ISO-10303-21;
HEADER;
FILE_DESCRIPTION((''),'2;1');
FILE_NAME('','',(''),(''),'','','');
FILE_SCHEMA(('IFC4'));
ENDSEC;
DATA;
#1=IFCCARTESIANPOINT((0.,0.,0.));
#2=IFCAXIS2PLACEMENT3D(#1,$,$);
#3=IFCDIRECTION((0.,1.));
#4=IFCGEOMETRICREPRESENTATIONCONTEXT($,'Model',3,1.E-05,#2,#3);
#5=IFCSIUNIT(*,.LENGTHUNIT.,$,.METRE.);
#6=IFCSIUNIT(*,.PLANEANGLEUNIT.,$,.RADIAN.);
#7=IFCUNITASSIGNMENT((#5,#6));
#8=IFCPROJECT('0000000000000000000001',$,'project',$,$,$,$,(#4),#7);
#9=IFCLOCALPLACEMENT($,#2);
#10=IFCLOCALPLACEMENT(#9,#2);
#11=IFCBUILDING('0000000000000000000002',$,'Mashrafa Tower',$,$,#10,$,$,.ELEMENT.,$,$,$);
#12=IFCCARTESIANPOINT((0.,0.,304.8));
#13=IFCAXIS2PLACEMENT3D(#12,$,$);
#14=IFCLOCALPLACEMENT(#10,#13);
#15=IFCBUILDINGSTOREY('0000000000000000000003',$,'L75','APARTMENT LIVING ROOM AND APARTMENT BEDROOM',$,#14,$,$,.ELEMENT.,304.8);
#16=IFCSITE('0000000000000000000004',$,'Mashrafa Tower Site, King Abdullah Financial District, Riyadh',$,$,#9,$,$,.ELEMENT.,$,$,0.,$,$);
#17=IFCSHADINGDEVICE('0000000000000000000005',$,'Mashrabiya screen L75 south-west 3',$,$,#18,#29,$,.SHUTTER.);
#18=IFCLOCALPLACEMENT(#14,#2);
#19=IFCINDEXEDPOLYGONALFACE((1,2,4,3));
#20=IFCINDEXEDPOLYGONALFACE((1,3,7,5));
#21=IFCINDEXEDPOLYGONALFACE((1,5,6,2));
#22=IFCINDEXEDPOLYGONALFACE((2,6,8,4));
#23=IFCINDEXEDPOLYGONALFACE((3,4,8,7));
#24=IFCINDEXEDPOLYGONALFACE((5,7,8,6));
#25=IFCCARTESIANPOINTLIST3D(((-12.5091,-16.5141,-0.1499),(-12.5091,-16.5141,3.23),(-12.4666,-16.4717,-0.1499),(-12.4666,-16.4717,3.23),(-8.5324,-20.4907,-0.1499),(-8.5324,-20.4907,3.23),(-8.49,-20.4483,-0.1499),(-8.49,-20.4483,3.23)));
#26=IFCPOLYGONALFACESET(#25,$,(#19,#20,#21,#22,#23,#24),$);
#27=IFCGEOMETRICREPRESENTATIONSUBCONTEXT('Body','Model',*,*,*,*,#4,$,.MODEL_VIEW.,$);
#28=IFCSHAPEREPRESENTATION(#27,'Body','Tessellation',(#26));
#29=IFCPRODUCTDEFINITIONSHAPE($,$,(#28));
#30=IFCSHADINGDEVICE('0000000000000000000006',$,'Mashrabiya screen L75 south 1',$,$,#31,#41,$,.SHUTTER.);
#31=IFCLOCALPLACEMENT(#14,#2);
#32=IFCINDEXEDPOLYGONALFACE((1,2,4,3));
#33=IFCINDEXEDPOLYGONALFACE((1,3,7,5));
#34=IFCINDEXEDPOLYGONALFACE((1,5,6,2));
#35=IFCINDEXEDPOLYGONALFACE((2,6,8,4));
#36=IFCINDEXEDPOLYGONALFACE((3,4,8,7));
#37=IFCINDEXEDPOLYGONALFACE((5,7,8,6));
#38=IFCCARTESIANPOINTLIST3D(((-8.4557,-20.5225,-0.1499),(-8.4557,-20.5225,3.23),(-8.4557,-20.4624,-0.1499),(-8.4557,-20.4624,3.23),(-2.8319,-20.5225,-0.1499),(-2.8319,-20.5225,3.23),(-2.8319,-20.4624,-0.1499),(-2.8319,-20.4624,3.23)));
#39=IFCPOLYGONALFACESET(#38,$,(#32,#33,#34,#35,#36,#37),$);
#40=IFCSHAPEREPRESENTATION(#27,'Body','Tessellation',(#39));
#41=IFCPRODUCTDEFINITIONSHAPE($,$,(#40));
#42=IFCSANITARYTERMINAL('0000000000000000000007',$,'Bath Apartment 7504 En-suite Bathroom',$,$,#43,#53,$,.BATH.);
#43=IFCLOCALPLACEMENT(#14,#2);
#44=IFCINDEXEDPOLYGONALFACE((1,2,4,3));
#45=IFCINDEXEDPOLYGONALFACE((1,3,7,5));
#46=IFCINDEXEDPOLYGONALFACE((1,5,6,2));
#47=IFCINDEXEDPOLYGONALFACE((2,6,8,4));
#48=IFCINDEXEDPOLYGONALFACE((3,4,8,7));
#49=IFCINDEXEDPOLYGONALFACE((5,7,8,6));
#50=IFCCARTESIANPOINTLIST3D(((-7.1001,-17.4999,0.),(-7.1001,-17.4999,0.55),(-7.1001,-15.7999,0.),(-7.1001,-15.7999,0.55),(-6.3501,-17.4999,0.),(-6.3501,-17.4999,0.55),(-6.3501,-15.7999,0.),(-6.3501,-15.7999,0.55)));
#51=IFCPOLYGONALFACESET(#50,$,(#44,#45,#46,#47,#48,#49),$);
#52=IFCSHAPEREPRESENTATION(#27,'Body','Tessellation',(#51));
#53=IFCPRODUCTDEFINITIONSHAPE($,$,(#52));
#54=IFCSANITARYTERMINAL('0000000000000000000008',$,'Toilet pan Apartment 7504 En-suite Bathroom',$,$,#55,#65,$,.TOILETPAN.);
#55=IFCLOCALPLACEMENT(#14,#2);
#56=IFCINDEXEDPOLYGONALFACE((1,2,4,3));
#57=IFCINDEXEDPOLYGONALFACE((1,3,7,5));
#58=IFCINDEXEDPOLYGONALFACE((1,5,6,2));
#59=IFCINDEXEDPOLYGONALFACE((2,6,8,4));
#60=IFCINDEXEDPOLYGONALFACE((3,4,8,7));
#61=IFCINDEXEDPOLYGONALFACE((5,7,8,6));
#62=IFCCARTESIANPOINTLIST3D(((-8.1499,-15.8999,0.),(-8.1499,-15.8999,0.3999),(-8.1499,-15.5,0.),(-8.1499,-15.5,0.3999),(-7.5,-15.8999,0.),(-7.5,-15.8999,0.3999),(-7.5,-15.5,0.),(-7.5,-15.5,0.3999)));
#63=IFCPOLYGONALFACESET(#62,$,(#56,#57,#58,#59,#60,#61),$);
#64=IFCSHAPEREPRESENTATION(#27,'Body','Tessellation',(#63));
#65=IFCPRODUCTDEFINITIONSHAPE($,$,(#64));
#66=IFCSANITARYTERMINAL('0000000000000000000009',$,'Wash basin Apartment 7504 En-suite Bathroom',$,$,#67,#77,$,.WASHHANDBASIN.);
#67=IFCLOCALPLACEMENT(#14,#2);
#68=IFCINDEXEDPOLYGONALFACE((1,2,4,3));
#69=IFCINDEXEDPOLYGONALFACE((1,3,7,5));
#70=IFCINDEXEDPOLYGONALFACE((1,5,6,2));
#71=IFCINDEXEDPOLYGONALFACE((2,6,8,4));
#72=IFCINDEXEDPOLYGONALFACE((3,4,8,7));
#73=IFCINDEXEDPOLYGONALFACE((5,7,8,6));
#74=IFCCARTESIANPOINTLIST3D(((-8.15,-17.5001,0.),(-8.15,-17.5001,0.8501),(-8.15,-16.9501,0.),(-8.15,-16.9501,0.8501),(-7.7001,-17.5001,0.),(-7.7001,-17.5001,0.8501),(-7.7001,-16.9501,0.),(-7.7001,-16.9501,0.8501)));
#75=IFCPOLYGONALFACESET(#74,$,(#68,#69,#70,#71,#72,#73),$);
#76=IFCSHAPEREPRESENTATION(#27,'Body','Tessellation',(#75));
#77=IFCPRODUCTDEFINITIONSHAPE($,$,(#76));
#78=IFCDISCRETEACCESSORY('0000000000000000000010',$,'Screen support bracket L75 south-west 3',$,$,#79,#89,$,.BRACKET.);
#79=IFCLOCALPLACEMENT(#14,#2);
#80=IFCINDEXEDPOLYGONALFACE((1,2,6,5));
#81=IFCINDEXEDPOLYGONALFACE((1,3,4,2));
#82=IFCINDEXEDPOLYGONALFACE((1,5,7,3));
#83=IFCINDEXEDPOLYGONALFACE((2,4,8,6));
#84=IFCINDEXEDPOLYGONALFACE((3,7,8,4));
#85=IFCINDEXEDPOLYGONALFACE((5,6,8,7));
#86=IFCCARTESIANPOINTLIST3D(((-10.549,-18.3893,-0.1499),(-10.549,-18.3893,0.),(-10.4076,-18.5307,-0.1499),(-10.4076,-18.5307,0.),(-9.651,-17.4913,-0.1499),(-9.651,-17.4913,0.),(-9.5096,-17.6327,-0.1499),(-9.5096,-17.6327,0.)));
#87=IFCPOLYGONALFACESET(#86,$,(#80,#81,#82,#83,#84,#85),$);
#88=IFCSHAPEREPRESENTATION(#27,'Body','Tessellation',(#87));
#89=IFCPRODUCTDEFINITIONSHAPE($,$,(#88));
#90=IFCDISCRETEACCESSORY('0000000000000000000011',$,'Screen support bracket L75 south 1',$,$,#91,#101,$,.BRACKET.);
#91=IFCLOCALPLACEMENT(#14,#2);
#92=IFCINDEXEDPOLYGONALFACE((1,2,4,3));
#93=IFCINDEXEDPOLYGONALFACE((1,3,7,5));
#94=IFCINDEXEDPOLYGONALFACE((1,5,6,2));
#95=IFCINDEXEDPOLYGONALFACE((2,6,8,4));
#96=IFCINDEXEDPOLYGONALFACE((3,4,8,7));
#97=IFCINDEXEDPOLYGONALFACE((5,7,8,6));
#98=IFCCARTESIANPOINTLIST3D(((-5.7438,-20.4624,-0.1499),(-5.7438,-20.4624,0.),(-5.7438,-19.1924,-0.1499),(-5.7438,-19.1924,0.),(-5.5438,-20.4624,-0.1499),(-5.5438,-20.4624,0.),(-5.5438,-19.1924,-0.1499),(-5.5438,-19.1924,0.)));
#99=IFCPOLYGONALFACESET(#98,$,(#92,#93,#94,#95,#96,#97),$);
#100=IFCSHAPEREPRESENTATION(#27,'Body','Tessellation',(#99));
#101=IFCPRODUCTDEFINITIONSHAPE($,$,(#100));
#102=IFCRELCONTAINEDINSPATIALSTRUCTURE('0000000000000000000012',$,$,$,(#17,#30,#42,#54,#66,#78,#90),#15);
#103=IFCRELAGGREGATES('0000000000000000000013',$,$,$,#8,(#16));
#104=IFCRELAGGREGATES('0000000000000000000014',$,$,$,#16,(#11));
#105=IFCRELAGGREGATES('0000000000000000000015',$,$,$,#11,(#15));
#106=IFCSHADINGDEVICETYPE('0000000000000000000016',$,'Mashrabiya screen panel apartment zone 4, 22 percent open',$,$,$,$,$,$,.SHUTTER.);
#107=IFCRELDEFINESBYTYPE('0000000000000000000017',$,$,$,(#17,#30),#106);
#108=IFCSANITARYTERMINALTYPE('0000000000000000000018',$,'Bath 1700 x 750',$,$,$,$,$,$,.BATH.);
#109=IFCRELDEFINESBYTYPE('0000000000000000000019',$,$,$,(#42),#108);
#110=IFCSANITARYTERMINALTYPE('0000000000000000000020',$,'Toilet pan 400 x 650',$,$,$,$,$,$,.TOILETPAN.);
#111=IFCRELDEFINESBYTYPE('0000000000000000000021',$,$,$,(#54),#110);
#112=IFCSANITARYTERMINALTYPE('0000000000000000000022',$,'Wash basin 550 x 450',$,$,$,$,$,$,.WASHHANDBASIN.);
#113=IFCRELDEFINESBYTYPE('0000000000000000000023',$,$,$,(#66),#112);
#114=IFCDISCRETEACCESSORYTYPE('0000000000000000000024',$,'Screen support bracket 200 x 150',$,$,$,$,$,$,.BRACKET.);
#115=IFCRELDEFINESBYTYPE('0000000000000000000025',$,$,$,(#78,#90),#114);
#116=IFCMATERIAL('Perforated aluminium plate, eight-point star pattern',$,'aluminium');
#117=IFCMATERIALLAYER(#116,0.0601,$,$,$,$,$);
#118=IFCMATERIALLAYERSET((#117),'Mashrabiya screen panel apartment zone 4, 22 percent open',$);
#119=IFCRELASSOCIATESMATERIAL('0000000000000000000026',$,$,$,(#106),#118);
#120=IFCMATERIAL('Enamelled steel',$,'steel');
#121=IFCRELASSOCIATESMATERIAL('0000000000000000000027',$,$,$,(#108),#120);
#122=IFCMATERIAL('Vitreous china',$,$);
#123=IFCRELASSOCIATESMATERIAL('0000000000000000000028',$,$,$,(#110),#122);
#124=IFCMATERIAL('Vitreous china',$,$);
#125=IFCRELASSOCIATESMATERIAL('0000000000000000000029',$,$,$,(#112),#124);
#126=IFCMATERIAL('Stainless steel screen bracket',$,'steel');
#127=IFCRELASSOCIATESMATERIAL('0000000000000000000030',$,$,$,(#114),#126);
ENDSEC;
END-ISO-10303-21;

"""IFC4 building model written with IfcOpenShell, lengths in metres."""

from ifc_helpers import new_model, si_unit, direction, frame, origin, origin_2d, place, context, subcontext, project, spatial, rectangle, extrude, source, transform, mapped, material, layer, layer_set, type_object, type_shapes, element, save


model = new_model("IFC4")

# Units and contexts
model_context = context("Model", 3, precision=1e-05, world=origin(), true_north=direction((0.0, 1.0)))
body_context = subcontext(model_context, "Body", "Model", "MODEL_VIEW")
ifc_project = project(units=[si_unit("LENGTHUNIT", "METRE"), si_unit("PLANEANGLEUNIT", "RADIAN")], contexts=[model_context])

# Site, building, storey
site_placement = place(None, origin())
site = spatial("IfcSite", under=ifc_project, at=site_placement, Name="Mashrafa Tower Site, King Abdullah Financial District, Riyadh", CompositionType="ELEMENT", RefElevation=0.0)
building_placement = place(site_placement, origin())
building = spatial("IfcBuilding", under=site, at=building_placement, Name="Mashrafa Tower", CompositionType="ELEMENT")
storey_placement = place(building_placement, frame((0.0, 0.0, 304.8)))
storey = spatial("IfcBuildingStorey", under=building, at=storey_placement, Name="L75", Description="APARTMENT LIVING ROOM AND APARTMENT BEDROOM", CompositionType="ELEMENT", Elevation=304.8)

# Shading devices
ifc_material_1 = material(Name="Perforated aluminium plate, eight-point star pattern", Category="aluminium")
ifc_layer_1 = layer(ifc_material_1, 0.0601)
ifc_layer_set_1 = layer_set([ifc_layer_1], Name="Mashrabiya screen panel apartment zone 4, 22 percent open")
shading_device_type = type_object("IfcShadingDeviceType", Name="Mashrabiya screen panel apartment zone 4, 22 percent open", PredefinedType="SHUTTER", material=ifc_layer_set_1)
shared_shape_1 = source(origin(), body_context, "Body", "SweptSolid", [
    extrude(rectangle(XDim=5.6238, YDim=0.0601, at=origin_2d()), origin(), (0.0, 0.0, 1.0), 3.3799),
])
type_shapes(shading_device_type, [shared_shape_1])
for number, where, z_axis, x_axis, name in (
    (1, (-10.4995, -18.4812, -0.1499), (0.0, 0.0, 1.0), (0.707107, -0.707107, 0.0), "Mashrabiya screen L75 south-west 3"),
    (2, (-5.6438, -20.4924, -0.1499), (0.0, 0.0, 1.0), (1.0, 0.0, 0.0), "Mashrabiya screen L75 south 1"),
):
    element("IfcShadingDevice", number, at=place(storey_placement, frame(where, z_axis=z_axis, x_axis=x_axis)), inside=storey, type_object=shading_device_type, Name=name, PredefinedType="SHUTTER", context=body_context, shape_type="MappedRepresentation", body=[
        mapped(shared_shape_1, transform((0.0, 0.0, 0.0))),
    ])

# Sanitary terminals
ifc_material_2 = material(Name="Enamelled steel", Category="steel")
sanitary_terminal_type_1 = type_object("IfcSanitaryTerminalType", Name="Bath 1700 x 750", PredefinedType="BATH", material=ifc_material_2)
sanitary_terminal_1_placement = place(storey_placement, frame((-6.7251, -16.6499, 0.0), z_axis=(0.0, 0.0, 1.0), x_axis=(0.0, 1.0, 0.0)))
element("IfcSanitaryTerminal", 3, at=sanitary_terminal_1_placement, inside=storey, type_object=sanitary_terminal_type_1, Name="Bath Apartment 7504 En-suite Bathroom", PredefinedType="BATH", context=body_context, shape_type="SweptSolid", body=[
    extrude(rectangle(XDim=1.7, YDim=0.75, at=origin_2d()), origin(), (0.0, 0.0, 1.0), 0.55),
])
ifc_material_3 = material(Name="Vitreous china")
sanitary_terminal_type_2 = type_object("IfcSanitaryTerminalType", Name="Toilet pan 400 x 650", PredefinedType="TOILETPAN", material=ifc_material_3)
sanitary_terminal_2_placement = place(storey_placement, frame((-7.825, -15.7, 0.0), z_axis=(0.0, 0.0, 1.0), x_axis=(0.0, -1.0, 0.0)))
element("IfcSanitaryTerminal", 4, at=sanitary_terminal_2_placement, inside=storey, type_object=sanitary_terminal_type_2, Name="Toilet pan Apartment 7504 En-suite Bathroom", PredefinedType="TOILETPAN", context=body_context, shape_type="SweptSolid", body=[
    extrude(rectangle(XDim=0.3999, YDim=0.6499, at=origin_2d()), origin(), (0.0, 0.0, 1.0), 0.3999),
])
ifc_material_4 = material(Name="Vitreous china")
sanitary_terminal_type_3 = type_object("IfcSanitaryTerminalType", Name="Wash basin 550 x 450", PredefinedType="WASHHANDBASIN", material=ifc_material_4)
sanitary_terminal_3_placement = place(storey_placement, frame((-7.925, -17.2251, 0.0), z_axis=(0.0, 0.0, 1.0), x_axis=(0.0, -1.0, 0.0)))
element("IfcSanitaryTerminal", 5, at=sanitary_terminal_3_placement, inside=storey, type_object=sanitary_terminal_type_3, Name="Wash basin Apartment 7504 En-suite Bathroom", PredefinedType="WASHHANDBASIN", context=body_context, shape_type="SweptSolid", body=[
    extrude(rectangle(XDim=0.55, YDim=0.45, at=origin_2d()), origin(), (0.0, 0.0, 1.0), 0.8501),
])

# Discrete accessories
ifc_material_5 = material(Name="Stainless steel screen bracket", Category="steel")
discrete_accessory_type = type_object("IfcDiscreteAccessoryType", Name="Screen support bracket 200 x 150", PredefinedType="BRACKET", material=ifc_material_5)
shared_shape_2 = source(origin(), body_context, "Body", "SweptSolid", [
    extrude(rectangle(XDim=0.2, YDim=1.27, at=origin_2d()), origin(), (0.0, 0.0, 1.0), 0.1499),
])
type_shapes(discrete_accessory_type, [shared_shape_2])
for number, where, z_axis, x_axis, name in (
    (6, (-10.0293, -18.011, -0.1499), (0.0, 0.0, 1.0), (0.707107, -0.707107, 0.0), "Screen support bracket L75 south-west 3"),
    (7, (-5.6438, -19.8274, -0.1499), (0.0, 0.0, 1.0), (1.0, 0.0, 0.0), "Screen support bracket L75 south 1"),
):
    element("IfcDiscreteAccessory", number, at=place(storey_placement, frame(where, z_axis=z_axis, x_axis=x_axis)), inside=storey, type_object=discrete_accessory_type, Name=name, PredefinedType="BRACKET", context=body_context, shape_type="MappedRepresentation", body=[
        mapped(shared_shape_2, transform((0.0, 0.0, 0.0))),
    ])

save(model, "model.ifc")
